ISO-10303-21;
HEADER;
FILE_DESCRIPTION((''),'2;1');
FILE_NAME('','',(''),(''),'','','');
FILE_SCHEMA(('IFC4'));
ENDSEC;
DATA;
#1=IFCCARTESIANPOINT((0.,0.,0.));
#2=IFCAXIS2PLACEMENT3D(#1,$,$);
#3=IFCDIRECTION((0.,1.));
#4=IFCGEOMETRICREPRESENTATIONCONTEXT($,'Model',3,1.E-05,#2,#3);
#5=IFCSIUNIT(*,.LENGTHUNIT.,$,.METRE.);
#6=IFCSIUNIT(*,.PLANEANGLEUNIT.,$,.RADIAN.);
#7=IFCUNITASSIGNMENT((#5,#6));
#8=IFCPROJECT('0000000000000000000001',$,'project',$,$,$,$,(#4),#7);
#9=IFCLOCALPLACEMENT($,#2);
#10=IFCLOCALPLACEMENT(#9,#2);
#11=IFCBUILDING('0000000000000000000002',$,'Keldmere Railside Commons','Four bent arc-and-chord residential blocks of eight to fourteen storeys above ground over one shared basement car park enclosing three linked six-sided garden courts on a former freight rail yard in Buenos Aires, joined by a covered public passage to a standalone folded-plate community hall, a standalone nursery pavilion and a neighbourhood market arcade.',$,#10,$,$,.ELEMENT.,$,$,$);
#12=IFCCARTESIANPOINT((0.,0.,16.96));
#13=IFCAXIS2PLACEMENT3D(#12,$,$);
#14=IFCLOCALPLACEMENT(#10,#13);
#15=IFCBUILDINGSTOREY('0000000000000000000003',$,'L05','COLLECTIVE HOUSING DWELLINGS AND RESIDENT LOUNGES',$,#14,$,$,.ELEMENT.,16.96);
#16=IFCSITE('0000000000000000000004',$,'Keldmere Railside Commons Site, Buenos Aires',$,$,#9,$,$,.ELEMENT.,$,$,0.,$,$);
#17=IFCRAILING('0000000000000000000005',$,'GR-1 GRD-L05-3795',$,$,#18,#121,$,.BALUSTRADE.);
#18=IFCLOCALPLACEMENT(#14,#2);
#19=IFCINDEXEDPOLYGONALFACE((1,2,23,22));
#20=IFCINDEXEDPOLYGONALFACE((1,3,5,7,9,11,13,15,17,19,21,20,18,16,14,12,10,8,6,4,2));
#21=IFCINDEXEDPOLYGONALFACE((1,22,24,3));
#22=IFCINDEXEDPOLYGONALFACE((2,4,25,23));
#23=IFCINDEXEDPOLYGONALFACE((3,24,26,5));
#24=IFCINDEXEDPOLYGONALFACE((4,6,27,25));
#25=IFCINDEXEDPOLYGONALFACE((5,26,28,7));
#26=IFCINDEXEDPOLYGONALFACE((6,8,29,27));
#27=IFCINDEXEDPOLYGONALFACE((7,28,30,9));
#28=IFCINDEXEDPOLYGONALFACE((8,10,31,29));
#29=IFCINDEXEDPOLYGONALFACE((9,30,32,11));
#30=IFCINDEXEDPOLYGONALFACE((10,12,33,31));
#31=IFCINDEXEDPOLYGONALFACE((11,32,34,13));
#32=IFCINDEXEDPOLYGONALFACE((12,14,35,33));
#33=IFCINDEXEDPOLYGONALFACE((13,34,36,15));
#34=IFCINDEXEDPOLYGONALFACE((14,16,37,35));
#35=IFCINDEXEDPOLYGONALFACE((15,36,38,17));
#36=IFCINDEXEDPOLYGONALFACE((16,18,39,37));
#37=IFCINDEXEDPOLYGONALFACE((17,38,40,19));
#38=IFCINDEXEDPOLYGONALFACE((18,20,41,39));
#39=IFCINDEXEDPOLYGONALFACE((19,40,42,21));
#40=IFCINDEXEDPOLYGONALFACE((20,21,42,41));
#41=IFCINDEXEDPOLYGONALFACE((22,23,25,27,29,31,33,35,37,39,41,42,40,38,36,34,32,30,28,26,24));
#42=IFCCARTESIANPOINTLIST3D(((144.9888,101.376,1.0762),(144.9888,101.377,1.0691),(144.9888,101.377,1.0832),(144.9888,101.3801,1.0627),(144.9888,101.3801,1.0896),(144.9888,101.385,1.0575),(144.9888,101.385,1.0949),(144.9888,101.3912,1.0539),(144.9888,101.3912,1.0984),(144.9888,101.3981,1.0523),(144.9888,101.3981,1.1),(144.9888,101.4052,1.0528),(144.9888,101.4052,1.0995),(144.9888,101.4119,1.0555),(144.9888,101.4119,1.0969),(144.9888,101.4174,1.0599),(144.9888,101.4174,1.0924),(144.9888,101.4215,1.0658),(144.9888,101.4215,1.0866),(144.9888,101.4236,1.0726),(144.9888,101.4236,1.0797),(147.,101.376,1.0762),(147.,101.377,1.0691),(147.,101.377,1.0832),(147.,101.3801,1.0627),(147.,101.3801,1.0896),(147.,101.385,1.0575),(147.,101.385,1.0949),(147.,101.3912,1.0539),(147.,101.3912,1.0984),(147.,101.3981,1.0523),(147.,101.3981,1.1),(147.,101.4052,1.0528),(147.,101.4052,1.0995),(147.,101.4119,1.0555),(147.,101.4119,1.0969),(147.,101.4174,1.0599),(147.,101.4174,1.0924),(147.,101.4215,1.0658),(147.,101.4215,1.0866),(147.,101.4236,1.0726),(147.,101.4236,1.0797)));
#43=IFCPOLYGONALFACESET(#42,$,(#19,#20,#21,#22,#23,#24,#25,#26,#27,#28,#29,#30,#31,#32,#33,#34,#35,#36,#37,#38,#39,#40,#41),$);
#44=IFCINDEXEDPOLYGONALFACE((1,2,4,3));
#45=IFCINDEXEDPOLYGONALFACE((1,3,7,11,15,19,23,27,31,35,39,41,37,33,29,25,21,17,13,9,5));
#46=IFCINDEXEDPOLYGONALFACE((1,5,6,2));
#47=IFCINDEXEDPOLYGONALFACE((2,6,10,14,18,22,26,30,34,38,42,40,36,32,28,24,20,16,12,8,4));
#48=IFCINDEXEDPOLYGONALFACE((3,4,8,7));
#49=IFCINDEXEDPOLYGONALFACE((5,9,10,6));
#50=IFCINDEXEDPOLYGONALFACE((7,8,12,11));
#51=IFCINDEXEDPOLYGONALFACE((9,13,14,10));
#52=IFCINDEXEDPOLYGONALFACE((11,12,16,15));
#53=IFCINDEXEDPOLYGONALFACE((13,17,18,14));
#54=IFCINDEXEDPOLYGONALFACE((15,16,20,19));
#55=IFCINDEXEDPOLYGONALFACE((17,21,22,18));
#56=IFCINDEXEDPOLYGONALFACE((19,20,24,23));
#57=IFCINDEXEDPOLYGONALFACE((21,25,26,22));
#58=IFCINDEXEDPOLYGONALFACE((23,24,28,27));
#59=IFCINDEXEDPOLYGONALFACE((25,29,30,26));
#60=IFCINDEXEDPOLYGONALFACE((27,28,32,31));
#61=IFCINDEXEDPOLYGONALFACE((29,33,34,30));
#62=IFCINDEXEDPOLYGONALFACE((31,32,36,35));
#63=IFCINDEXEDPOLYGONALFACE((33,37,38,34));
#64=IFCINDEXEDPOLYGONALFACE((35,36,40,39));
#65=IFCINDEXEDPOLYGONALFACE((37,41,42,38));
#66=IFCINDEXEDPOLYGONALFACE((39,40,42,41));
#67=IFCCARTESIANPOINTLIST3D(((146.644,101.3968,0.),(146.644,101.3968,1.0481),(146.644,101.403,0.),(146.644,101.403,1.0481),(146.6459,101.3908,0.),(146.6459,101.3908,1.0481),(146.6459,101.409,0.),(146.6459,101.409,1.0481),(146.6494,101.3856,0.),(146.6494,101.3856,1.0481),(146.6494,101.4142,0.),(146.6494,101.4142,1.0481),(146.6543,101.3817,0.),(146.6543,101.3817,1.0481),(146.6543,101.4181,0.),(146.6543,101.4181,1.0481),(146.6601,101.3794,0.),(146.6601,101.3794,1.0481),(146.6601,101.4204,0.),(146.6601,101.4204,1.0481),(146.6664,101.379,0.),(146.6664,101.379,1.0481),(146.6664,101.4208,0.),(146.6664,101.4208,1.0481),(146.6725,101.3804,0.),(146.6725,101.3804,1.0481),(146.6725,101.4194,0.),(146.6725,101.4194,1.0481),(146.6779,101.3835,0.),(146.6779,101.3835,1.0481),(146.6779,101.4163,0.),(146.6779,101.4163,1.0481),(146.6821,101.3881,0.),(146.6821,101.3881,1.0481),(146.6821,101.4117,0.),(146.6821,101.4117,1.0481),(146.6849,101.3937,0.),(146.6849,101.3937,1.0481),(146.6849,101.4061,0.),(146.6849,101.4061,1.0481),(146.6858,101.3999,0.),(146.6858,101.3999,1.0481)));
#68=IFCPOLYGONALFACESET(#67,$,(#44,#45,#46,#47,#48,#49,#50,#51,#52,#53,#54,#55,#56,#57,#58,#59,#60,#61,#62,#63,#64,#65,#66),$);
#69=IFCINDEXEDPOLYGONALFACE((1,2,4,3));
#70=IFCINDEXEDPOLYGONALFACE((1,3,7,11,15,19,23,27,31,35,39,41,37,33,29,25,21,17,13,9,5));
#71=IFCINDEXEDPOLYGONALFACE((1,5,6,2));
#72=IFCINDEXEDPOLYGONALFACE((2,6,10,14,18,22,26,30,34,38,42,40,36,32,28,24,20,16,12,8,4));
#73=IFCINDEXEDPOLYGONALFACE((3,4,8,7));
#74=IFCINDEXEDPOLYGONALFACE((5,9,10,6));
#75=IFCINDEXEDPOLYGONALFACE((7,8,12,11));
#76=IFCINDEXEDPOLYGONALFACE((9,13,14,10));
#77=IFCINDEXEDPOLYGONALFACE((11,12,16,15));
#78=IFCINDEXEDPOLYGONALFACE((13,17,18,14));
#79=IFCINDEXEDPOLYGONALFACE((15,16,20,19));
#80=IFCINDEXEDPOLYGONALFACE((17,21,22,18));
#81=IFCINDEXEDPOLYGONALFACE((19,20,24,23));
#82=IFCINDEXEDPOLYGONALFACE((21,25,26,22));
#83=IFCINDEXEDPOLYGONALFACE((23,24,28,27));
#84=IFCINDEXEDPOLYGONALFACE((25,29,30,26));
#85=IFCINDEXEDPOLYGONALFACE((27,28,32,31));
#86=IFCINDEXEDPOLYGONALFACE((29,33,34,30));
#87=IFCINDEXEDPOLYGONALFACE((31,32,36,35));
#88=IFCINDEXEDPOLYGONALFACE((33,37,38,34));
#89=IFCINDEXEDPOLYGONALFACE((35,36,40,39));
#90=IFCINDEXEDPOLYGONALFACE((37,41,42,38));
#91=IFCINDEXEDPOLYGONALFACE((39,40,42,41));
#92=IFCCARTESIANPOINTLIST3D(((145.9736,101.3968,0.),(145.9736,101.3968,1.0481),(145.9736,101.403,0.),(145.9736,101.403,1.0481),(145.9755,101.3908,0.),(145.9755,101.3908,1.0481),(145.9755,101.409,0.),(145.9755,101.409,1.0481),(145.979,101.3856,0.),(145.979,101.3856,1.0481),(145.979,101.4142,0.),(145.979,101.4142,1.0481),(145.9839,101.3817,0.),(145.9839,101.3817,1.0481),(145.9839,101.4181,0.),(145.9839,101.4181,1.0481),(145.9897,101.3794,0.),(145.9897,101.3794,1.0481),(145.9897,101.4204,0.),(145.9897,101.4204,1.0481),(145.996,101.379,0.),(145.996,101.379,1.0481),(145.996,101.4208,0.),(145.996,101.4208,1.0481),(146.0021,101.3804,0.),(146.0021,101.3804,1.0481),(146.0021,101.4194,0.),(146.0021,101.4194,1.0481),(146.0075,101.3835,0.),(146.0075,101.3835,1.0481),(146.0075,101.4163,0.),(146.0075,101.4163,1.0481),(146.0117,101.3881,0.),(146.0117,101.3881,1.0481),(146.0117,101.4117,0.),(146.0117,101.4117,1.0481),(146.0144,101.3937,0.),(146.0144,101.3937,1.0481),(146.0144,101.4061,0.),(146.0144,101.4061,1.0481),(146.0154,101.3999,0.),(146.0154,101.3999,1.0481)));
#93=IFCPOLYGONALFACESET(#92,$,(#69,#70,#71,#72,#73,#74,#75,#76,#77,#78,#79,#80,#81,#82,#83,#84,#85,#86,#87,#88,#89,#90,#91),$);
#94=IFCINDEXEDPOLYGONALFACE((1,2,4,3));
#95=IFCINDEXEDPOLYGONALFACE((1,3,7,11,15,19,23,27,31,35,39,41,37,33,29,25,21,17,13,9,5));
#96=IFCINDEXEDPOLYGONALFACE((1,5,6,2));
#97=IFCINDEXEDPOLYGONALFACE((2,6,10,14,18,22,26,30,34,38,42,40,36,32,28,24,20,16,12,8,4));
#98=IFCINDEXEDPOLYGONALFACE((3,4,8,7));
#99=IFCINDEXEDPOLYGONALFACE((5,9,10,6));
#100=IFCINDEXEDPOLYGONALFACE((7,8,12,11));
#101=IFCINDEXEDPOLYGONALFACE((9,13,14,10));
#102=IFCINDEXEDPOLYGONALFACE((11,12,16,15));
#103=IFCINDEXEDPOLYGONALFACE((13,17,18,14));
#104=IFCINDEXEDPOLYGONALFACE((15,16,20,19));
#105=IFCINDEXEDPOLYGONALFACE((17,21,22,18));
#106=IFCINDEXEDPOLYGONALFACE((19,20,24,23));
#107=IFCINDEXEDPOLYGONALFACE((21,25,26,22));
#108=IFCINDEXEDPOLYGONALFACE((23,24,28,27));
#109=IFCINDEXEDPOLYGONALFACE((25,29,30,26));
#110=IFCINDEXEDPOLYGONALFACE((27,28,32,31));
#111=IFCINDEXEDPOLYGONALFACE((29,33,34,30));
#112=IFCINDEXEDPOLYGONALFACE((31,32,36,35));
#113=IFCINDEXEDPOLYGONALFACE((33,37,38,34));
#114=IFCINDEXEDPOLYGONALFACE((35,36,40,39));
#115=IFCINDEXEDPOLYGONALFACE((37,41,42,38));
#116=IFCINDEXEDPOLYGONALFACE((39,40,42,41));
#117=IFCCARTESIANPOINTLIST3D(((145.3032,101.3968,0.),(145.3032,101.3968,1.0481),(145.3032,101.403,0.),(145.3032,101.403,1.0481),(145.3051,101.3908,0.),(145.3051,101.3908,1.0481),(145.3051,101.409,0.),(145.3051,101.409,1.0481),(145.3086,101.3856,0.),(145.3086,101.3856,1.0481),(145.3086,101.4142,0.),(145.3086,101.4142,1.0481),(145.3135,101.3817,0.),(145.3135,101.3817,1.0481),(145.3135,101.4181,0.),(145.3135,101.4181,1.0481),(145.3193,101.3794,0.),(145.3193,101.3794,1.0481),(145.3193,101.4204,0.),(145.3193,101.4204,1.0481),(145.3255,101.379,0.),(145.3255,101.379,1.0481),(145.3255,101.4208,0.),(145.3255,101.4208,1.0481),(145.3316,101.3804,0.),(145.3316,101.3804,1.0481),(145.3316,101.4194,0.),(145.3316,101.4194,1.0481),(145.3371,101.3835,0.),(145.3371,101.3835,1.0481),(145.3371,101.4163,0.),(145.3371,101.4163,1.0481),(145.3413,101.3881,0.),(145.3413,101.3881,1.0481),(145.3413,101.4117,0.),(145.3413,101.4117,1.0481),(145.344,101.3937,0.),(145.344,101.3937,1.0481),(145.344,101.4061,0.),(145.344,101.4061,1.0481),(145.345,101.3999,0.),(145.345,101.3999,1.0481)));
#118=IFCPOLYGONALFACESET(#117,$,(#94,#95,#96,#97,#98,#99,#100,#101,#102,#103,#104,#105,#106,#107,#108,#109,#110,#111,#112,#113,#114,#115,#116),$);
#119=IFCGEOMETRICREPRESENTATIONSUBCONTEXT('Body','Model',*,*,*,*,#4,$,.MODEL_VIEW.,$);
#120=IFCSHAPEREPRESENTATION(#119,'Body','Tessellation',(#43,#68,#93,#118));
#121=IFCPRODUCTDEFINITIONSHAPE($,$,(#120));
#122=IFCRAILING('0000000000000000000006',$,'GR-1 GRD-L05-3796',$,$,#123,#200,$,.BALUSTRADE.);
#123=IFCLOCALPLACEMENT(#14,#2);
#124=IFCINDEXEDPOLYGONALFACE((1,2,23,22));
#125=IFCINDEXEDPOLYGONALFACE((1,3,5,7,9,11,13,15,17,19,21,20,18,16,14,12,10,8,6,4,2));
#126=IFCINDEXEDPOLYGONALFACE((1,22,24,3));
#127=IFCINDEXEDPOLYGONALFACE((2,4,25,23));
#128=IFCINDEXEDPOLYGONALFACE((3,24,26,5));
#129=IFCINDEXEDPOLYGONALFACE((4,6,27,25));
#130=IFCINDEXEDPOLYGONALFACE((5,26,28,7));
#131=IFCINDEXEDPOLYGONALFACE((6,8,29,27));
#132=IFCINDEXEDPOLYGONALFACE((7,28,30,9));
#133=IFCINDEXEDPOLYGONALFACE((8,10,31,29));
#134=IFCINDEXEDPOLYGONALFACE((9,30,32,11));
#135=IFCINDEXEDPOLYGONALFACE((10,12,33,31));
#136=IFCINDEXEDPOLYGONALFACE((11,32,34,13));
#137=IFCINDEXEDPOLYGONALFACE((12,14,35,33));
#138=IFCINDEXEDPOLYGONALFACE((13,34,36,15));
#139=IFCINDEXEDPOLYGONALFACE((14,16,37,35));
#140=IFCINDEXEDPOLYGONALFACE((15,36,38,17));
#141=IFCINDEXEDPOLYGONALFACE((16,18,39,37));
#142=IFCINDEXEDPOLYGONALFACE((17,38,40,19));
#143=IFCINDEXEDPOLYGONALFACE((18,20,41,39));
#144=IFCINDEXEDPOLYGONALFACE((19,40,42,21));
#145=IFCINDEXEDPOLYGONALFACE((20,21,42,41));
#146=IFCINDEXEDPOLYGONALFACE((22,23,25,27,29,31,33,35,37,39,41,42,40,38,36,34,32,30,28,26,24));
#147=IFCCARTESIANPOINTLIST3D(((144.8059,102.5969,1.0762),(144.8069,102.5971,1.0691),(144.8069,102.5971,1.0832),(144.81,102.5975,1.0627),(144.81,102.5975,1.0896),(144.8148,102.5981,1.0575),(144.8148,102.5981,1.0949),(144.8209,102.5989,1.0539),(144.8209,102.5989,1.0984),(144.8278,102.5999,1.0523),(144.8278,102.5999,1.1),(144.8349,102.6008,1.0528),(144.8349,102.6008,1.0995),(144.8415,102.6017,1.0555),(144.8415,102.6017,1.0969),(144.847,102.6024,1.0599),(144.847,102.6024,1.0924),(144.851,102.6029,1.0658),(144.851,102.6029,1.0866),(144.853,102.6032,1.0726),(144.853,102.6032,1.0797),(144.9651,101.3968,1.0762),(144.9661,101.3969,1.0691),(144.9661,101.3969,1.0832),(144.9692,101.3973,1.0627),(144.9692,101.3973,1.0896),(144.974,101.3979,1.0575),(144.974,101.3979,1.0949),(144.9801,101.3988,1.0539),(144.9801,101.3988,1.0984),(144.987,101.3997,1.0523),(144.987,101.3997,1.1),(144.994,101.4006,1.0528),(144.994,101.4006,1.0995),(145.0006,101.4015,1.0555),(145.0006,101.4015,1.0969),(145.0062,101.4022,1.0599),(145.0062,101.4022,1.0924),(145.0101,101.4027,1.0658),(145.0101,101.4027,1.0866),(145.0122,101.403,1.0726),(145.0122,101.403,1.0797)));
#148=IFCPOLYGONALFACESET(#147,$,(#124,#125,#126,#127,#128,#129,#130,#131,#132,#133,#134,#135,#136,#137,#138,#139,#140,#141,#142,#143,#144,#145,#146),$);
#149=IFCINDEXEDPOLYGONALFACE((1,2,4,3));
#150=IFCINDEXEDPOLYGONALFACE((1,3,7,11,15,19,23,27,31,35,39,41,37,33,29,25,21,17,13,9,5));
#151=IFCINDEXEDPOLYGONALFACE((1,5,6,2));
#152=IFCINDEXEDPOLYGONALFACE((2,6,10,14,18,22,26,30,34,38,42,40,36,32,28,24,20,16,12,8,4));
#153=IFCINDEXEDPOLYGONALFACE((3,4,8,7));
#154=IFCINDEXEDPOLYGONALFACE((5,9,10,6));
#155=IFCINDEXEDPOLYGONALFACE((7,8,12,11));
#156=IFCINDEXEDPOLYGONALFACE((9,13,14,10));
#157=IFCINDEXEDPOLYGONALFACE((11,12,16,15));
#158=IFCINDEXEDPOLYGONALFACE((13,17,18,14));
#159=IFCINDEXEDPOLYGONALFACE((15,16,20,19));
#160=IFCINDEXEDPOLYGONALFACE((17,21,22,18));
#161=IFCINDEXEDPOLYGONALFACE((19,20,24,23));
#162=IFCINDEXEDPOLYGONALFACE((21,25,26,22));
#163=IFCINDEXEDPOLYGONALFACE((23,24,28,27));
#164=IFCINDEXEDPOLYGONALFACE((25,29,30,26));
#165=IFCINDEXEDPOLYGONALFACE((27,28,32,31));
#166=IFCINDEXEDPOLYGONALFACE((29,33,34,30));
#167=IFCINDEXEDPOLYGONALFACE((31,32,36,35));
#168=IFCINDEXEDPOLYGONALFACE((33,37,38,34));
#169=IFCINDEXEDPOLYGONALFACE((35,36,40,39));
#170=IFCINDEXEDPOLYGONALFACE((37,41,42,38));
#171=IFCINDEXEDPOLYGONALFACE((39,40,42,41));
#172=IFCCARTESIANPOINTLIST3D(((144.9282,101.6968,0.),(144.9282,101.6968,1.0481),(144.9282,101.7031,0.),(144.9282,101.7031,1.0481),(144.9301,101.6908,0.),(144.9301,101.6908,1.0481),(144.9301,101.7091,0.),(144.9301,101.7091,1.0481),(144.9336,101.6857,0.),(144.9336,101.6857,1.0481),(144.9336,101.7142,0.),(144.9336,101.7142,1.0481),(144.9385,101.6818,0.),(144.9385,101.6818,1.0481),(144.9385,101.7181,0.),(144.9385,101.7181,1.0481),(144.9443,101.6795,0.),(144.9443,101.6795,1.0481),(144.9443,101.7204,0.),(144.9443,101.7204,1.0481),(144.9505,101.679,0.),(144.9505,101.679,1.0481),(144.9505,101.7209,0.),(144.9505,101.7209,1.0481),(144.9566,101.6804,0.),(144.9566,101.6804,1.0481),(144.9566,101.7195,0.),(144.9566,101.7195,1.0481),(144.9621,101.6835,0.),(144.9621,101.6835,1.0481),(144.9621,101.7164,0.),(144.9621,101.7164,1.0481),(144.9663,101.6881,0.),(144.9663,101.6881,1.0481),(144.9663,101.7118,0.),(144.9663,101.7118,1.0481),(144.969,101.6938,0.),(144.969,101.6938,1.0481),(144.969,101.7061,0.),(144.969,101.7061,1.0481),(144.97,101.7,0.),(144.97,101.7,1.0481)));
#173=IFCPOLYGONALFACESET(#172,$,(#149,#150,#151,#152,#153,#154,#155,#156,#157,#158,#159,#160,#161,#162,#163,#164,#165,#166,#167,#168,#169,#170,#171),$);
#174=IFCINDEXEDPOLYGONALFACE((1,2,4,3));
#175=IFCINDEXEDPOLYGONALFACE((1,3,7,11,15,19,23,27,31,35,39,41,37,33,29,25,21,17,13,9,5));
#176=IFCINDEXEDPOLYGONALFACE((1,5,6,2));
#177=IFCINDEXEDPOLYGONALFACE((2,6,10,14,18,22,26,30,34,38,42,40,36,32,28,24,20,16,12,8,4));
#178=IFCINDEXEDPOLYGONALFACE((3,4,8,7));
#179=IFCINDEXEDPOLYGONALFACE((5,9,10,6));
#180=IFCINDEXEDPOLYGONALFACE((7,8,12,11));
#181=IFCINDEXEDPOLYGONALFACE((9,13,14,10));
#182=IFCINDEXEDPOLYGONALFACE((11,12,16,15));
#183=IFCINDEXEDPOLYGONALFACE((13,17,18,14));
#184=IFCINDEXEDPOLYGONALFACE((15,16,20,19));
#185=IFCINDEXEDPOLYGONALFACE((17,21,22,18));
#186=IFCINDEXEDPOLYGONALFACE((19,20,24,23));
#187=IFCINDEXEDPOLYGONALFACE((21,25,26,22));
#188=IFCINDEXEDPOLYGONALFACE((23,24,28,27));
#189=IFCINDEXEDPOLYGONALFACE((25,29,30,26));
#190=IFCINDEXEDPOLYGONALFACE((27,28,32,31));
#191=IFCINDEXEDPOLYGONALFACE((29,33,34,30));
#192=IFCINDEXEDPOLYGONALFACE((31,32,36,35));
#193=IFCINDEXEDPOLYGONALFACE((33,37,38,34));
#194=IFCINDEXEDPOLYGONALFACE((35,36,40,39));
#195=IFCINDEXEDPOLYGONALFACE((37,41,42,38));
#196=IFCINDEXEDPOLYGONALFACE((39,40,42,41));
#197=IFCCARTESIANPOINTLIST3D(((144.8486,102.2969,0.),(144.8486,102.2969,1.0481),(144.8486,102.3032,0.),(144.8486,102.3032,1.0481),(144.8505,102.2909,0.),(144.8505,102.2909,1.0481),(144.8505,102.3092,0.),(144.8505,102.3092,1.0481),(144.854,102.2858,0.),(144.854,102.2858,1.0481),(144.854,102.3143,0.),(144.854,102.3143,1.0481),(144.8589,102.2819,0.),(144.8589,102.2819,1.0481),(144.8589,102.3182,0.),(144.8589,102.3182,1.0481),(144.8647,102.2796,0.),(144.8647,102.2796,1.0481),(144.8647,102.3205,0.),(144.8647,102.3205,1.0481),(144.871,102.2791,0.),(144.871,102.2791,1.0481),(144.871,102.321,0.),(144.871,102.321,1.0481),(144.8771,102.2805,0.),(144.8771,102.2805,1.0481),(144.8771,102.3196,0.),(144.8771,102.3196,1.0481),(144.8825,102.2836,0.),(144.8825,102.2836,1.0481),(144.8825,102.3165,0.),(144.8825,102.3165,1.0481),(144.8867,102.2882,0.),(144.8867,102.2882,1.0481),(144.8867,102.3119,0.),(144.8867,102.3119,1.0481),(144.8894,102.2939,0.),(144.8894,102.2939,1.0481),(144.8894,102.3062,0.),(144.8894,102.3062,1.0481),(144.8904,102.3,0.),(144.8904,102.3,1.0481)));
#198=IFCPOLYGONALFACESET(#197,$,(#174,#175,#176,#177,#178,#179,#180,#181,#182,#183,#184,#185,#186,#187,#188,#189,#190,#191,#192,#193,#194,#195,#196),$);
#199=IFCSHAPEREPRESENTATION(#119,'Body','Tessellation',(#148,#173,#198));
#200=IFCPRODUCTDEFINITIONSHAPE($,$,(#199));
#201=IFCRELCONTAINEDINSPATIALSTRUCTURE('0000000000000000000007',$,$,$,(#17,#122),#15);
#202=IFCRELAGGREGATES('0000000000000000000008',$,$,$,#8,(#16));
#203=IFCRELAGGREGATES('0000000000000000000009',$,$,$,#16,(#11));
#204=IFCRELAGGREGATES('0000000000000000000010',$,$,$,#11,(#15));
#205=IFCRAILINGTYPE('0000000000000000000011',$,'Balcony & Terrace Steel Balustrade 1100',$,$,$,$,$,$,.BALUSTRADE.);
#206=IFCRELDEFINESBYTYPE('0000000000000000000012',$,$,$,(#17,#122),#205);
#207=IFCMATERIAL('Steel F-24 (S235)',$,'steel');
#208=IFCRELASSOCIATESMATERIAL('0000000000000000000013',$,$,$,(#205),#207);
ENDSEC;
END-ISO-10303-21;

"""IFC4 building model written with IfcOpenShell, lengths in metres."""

from ifc_helpers import new_model, si_unit, direction, frame, origin, origin_2d, place, context, subcontext, project, spatial, circle, extrude, material, type_object, element, save


model = new_model("IFC4")

# Units and contexts
model_context = context("Model", 3, precision=1e-05, world=origin(), true_north=direction((0.0, 1.0)))
body_context = subcontext(model_context, "Body", "Model", "MODEL_VIEW")
ifc_project = project(units=[si_unit("LENGTHUNIT", "METRE"), si_unit("PLANEANGLEUNIT", "RADIAN")], contexts=[model_context])

# Site, building, storey
site_placement = place(None, origin())
site = spatial("IfcSite", under=ifc_project, at=site_placement, Name="Keldmere Railside Commons Site, Buenos Aires", CompositionType="ELEMENT", RefElevation=0.0)
building_placement = place(site_placement, origin())
building = spatial("IfcBuilding", under=site, at=building_placement, Name="Keldmere Railside Commons", Description="Four bent arc-and-chord residential blocks of eight to fourteen storeys above ground over one shared basement car park enclosing three linked six-sided garden courts on a former freight rail yard in Buenos Aires, joined by a covered public passage to a standalone folded-plate community hall, a standalone nursery pavilion and a neighbourhood market arcade.", CompositionType="ELEMENT")
storey_placement = place(building_placement, frame((0.0, 0.0, 16.96)))
storey = spatial("IfcBuildingStorey", under=building, at=storey_placement, Name="L05", Description="COLLECTIVE HOUSING DWELLINGS AND RESIDENT LOUNGES", CompositionType="ELEMENT", Elevation=16.96)

# Railings
ifc_material_1 = material(Name="Steel F-24 (S235)", Category="steel")
railing_type_1 = type_object("IfcRailingType", Name="Balcony & Terrace Steel Balustrade 1100", PredefinedType="BALUSTRADE", material=ifc_material_1)
railing_1_placement = place(storey_placement, frame((147.0, 101.3999, 0.0)))
element("IfcRailing", 1, at=railing_1_placement, inside=storey, type_object=railing_type_1, Name="GR-1 GRD-L05-3795", PredefinedType="BALUSTRADE", context=body_context, shape_type="SweptSolid", body=[
    extrude(circle(Radius=0.0239, at=origin_2d()), frame((0.0, 0.0, 1.0762), z_axis=(-1.0, 0.0, 0.0), x_axis=(0.0, -1.0, 0.0)), (0.0, 0.0, 1.0), 2.0112),
    extrude(circle(Radius=0.021, at=origin_2d()), frame((-0.3352, 0.0, 0.0)), (0.0, 0.0, 1.0), 1.0481),
    extrude(circle(Radius=0.021, at=origin_2d()), frame((-1.0056, 0.0, 0.0)), (0.0, 0.0, 1.0), 1.0481),
    extrude(circle(Radius=0.021, at=origin_2d()), frame((-1.676, 0.0, 0.0)), (0.0, 0.0, 1.0), 1.0481),
])
railing_2_placement = place(storey_placement, frame((144.9888, 101.3999, 0.0)))
element("IfcRailing", 2, at=railing_2_placement, inside=storey, type_object=railing_type_1, Name="GR-1 GRD-L05-3796", PredefinedType="BALUSTRADE", context=body_context, shape_type="SweptSolid", body=[
    extrude(circle(Radius=0.0239, at=origin_2d()), frame((0.0, 0.0, 1.0762), z_axis=(-0.131477, 0.991319, 0.0), x_axis=(-0.991319, -0.131477, 0.0)), (0.0, 0.0, 1.0), 1.2107),
    extrude(circle(Radius=0.021, at=origin_2d()), frame((-0.0398, 0.3, 0.0)), (0.0, 0.0, 1.0), 1.0481),
    extrude(circle(Radius=0.021, at=origin_2d()), frame((-0.1194, 0.9001, 0.0)), (0.0, 0.0, 1.0), 1.0481),
])

save(model, "model.ifc")
